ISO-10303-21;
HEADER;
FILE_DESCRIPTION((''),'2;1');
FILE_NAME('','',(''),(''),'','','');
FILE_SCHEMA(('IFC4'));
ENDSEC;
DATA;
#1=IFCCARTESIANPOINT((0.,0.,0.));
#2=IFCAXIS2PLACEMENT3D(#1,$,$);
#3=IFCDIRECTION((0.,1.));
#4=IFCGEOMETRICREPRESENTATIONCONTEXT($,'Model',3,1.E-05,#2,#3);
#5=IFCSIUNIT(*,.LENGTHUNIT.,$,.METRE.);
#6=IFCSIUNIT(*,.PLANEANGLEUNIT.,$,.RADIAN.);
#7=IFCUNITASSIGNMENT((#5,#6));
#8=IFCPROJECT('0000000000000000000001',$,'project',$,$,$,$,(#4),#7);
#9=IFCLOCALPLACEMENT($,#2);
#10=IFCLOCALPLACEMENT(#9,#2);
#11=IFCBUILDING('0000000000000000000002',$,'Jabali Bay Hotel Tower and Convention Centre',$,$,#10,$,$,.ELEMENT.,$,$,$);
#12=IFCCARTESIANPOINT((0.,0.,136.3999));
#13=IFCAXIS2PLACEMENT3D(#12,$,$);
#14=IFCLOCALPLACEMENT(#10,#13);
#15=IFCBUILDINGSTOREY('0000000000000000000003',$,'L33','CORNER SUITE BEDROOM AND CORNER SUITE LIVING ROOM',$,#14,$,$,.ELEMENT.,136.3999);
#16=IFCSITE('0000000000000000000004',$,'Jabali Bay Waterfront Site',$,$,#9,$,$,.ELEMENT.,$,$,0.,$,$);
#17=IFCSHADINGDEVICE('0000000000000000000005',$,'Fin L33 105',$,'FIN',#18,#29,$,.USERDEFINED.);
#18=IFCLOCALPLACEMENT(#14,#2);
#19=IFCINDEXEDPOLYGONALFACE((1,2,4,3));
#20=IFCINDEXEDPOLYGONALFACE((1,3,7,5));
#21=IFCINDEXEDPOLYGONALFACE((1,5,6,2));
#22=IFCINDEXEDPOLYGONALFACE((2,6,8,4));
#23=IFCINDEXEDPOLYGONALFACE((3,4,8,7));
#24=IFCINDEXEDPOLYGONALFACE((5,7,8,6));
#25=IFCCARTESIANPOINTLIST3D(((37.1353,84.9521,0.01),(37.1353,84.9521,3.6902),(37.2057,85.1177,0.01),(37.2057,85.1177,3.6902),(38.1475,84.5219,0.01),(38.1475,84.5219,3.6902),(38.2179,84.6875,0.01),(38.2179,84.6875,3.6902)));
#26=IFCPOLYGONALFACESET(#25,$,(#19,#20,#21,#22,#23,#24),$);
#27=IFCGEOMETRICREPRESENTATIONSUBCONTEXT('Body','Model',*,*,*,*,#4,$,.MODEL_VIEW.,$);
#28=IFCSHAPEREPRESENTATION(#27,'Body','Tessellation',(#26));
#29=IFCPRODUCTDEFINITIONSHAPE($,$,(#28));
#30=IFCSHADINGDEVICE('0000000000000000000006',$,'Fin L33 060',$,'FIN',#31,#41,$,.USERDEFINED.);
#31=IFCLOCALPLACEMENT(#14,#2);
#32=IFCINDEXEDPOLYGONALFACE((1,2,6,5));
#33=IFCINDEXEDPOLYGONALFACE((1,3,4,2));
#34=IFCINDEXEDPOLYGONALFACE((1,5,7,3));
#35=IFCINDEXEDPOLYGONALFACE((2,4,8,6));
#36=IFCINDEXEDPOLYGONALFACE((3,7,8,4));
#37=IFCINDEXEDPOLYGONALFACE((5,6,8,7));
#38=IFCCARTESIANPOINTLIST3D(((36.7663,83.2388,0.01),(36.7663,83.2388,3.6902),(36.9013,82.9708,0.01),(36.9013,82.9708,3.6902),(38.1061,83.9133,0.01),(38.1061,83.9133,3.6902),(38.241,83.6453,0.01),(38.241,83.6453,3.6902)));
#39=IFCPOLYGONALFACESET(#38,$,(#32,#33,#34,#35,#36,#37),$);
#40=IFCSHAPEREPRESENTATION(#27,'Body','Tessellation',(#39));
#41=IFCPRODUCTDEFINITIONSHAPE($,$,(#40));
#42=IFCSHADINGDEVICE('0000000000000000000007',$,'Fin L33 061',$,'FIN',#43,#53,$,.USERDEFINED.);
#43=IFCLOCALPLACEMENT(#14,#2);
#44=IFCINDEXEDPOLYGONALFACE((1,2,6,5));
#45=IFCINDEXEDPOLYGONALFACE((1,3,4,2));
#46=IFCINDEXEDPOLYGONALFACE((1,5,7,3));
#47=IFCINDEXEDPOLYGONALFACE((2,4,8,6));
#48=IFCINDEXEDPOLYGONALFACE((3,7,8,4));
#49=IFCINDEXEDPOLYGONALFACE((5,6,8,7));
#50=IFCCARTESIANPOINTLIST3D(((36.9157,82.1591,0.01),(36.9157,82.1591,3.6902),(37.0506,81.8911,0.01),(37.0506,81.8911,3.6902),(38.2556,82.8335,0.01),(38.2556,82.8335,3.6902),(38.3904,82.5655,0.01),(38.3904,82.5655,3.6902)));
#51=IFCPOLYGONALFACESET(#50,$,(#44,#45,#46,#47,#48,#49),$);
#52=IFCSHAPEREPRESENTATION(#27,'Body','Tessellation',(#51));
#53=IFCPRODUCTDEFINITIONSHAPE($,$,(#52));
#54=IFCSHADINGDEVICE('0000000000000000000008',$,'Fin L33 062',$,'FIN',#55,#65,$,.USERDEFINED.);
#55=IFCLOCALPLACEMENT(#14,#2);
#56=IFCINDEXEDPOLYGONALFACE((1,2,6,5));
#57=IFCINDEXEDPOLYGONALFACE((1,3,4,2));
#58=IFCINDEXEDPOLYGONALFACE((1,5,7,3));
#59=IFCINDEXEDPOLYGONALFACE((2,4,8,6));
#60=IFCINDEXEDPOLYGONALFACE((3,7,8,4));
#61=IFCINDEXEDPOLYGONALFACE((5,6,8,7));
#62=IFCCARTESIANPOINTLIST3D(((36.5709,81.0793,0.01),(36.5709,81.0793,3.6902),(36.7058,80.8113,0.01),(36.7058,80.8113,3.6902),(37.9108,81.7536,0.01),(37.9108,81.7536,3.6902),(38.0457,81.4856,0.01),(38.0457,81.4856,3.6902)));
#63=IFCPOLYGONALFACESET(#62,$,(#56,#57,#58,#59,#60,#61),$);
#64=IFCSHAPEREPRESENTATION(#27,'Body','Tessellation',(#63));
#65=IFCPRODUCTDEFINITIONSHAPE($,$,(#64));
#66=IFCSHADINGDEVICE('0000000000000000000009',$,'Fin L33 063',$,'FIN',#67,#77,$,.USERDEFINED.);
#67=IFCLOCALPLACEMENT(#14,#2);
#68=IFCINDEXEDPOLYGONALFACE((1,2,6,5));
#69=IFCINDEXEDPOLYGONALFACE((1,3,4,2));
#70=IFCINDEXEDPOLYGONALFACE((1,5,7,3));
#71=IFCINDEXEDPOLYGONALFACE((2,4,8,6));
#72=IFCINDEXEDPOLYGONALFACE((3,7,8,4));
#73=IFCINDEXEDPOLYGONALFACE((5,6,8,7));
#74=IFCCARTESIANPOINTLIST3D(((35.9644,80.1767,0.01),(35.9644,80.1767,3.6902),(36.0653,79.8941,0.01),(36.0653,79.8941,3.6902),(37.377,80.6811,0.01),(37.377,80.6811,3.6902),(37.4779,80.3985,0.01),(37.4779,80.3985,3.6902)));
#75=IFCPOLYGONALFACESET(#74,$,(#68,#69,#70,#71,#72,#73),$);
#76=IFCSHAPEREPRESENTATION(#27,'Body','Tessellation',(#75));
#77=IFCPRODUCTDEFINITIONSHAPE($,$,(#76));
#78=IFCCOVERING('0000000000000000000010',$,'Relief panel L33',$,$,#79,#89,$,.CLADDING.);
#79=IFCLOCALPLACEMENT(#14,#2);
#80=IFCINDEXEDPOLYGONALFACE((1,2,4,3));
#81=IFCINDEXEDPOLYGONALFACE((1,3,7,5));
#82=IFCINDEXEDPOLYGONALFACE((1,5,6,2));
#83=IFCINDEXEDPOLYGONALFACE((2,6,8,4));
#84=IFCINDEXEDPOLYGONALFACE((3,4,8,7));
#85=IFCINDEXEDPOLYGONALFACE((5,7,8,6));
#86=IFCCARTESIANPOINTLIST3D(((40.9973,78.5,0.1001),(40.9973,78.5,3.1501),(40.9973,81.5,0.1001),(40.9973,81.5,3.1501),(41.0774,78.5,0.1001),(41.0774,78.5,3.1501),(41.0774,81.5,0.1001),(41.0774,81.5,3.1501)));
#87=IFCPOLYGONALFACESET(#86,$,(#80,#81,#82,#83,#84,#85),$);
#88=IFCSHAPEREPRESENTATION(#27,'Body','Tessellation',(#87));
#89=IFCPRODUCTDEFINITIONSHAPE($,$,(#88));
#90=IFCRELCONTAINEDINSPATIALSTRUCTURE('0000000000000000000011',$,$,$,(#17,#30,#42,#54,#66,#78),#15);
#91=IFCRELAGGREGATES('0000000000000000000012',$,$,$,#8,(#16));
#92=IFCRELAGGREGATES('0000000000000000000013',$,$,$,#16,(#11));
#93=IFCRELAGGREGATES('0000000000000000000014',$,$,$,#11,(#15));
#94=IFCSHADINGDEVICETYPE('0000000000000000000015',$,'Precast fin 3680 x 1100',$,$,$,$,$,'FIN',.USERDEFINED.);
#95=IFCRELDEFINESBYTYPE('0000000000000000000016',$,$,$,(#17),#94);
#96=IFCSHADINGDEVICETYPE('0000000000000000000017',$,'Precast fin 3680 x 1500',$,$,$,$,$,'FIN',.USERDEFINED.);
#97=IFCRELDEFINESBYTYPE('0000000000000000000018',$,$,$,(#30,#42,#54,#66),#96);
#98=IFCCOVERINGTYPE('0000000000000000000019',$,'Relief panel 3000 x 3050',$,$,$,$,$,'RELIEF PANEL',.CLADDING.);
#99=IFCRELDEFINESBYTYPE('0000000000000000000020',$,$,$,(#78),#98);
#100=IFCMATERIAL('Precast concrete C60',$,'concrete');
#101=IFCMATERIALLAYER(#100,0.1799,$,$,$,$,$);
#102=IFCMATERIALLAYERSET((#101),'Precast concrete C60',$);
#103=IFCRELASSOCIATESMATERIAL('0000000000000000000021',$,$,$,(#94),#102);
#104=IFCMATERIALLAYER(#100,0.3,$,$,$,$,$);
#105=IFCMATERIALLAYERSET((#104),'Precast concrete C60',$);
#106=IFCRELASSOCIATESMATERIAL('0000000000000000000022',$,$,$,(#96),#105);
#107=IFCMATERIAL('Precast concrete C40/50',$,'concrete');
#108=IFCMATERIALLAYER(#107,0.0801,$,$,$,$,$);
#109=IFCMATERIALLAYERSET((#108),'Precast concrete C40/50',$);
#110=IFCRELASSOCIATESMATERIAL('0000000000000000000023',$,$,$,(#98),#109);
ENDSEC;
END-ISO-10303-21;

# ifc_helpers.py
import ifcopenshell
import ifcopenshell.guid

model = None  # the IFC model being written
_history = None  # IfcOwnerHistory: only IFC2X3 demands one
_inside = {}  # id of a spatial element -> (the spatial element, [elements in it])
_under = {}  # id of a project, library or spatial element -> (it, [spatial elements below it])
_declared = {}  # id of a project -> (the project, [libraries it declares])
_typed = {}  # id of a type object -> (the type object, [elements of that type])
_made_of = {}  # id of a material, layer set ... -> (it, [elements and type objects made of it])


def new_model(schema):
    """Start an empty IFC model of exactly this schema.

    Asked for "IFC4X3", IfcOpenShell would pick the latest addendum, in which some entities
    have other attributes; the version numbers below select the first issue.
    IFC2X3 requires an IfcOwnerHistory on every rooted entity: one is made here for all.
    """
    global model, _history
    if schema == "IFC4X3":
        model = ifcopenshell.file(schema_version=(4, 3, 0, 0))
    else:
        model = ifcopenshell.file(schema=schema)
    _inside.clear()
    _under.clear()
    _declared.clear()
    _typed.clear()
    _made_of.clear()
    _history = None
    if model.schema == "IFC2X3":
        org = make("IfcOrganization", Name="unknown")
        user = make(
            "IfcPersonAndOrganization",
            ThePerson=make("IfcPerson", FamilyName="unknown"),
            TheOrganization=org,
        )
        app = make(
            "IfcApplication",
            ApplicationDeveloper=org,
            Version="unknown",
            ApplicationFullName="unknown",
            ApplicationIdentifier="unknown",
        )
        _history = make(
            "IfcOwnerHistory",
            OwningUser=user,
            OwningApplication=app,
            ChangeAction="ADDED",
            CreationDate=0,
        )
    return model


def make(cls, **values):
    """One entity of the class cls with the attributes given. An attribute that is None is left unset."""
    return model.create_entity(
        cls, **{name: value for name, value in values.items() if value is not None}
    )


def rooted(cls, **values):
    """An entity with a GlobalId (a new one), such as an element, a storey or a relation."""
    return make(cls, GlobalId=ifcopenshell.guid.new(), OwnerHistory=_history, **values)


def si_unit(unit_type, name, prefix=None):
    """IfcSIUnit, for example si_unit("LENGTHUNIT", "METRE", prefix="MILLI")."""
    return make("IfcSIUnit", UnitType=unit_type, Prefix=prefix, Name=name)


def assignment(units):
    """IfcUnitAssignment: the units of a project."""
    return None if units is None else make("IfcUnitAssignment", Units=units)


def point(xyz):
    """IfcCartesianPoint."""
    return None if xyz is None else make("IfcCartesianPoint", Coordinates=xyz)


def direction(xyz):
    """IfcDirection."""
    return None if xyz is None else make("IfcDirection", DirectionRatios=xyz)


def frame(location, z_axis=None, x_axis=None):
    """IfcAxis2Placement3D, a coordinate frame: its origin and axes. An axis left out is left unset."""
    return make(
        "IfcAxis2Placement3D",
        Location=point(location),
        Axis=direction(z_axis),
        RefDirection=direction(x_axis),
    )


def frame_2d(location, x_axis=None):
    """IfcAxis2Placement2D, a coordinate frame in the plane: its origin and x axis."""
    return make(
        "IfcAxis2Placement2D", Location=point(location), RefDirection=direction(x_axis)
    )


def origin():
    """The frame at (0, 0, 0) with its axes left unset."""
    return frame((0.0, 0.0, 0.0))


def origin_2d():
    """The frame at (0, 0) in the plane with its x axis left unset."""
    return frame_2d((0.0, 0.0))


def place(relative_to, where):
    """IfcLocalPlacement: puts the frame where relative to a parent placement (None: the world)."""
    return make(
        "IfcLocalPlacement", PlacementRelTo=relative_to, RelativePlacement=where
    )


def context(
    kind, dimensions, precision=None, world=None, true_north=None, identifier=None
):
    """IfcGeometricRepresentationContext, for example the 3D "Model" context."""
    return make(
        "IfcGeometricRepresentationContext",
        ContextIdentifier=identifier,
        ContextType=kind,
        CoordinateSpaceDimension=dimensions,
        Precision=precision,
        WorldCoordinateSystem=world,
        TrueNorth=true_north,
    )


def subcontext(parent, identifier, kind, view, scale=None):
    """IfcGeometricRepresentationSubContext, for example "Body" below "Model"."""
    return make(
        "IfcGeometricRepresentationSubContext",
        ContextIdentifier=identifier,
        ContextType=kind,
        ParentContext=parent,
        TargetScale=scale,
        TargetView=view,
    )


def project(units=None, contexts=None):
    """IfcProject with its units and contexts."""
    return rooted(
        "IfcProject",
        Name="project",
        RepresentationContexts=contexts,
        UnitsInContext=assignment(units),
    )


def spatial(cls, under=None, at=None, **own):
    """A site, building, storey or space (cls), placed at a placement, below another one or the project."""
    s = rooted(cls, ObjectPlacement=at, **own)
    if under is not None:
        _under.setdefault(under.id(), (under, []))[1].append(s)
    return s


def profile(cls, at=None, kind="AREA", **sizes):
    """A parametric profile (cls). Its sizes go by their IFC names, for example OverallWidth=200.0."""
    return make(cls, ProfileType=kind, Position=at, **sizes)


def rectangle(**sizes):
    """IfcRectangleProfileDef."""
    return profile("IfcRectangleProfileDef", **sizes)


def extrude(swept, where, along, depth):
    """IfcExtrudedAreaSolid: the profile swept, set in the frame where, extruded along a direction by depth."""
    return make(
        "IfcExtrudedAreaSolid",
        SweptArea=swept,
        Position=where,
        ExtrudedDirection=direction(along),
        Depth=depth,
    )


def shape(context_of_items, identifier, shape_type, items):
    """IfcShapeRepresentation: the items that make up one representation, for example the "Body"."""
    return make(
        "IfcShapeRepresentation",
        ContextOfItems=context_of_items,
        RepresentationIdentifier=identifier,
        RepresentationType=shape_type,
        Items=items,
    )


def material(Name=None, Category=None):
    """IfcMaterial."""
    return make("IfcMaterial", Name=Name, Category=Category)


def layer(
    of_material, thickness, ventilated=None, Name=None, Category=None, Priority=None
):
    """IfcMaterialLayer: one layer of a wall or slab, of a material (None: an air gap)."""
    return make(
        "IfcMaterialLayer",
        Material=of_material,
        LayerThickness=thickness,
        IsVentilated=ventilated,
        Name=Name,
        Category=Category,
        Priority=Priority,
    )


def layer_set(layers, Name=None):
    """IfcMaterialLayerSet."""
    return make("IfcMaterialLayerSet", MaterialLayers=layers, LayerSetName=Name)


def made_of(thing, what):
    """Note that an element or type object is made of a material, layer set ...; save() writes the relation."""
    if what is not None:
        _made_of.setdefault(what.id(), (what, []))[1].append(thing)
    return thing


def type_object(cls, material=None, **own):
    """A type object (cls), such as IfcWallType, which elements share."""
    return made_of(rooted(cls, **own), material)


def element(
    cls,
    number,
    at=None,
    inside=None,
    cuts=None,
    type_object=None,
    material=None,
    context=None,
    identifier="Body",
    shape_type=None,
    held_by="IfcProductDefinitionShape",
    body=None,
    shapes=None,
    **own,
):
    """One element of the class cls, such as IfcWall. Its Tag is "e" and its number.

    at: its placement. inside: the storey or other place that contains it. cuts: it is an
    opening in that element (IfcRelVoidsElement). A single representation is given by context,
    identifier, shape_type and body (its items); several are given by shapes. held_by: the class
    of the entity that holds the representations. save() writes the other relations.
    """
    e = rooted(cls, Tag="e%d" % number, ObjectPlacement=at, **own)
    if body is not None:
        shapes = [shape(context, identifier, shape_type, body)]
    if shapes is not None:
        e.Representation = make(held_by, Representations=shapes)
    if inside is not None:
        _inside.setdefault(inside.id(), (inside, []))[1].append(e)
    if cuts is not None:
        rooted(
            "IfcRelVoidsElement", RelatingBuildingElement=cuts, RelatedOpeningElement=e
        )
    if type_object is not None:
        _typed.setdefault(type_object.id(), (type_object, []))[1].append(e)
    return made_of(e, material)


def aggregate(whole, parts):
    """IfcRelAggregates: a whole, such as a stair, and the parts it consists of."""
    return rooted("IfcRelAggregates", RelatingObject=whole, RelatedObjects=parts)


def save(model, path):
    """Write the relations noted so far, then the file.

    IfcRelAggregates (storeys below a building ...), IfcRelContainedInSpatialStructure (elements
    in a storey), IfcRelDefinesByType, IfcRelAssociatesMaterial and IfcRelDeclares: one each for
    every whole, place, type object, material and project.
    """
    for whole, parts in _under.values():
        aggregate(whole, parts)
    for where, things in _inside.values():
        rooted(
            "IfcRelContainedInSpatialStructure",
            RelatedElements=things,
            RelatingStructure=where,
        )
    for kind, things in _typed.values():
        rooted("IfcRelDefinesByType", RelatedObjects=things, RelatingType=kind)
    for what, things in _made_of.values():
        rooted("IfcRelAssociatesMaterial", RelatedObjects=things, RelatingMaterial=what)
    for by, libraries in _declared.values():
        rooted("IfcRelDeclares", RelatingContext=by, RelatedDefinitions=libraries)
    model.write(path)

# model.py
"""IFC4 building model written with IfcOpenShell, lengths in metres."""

from ifc_helpers import new_model, si_unit, direction, frame, frame_2d, origin, origin_2d, place, context, subcontext, project, spatial, rectangle, extrude, material, layer, layer_set, type_object, element, save


model = new_model("IFC4")

# Units and contexts
model_context = context("Model", 3, precision=1e-05, world=origin(), true_north=direction((0.0, 1.0)))
body_context = subcontext(model_context, "Body", "Model", "MODEL_VIEW")
ifc_project = project(units=[si_unit("LENGTHUNIT", "METRE"), si_unit("PLANEANGLEUNIT", "RADIAN")], contexts=[model_context])

# Site, building, storey
site_placement = place(None, origin())
site = spatial("IfcSite", under=ifc_project, at=site_placement, Name="Jabali Bay Waterfront Site", CompositionType="ELEMENT", RefElevation=0.0)
building_placement = place(site_placement, origin())
building = spatial("IfcBuilding", under=site, at=building_placement, Name="Jabali Bay Hotel Tower and Convention Centre", CompositionType="ELEMENT")
storey_placement = place(building_placement, frame((0.0, 0.0, 136.3999)))
storey = spatial("IfcBuildingStorey", under=building, at=storey_placement, Name="L33", Description="CORNER SUITE BEDROOM AND CORNER SUITE LIVING ROOM", CompositionType="ELEMENT", Elevation=136.3999)

# Shading devices
ifc_material_1 = material(Name="Precast concrete C60", Category="concrete")
ifc_layer_1 = layer(ifc_material_1, 0.1799)
ifc_layer_set_1 = layer_set([ifc_layer_1], Name="Precast concrete C60")
shading_device_type_1 = type_object("IfcShadingDeviceType", Name="Precast fin 3680 x 1100", ElementType="FIN", PredefinedType="USERDEFINED", material=ifc_layer_set_1)
shading_device_placement = place(storey_placement, frame((38.1826, 84.6047, 0.01), z_axis=(0.0, 0.0, 1.0), x_axis=(-0.920335, 0.391131, 0.0)))
element("IfcShadingDevice", 1, at=shading_device_placement, inside=storey, type_object=shading_device_type_1, Name="Fin L33 105", ObjectType="FIN", PredefinedType="USERDEFINED", context=body_context, shape_type="SweptSolid", body=[
    extrude(rectangle(XDim=1.0999, YDim=0.1799, at=frame_2d((0.5498, 0.0))), origin(), (0.0, 0.0, 1.0), 3.6802),
])
ifc_layer_2 = layer(ifc_material_1, 0.3)
ifc_layer_set_2 = layer_set([ifc_layer_2], Name="Precast concrete C60")
shading_device_type_2 = type_object("IfcShadingDeviceType", Name="Precast fin 3680 x 1500", ElementType="FIN", PredefinedType="USERDEFINED", material=ifc_layer_set_2)
for number, where, z_axis, x_axis, name in (
    (2, (38.1736, 83.7793, 0.01), (0.0, 0.0, 1.0), (-0.893187, -0.449686, 0.0), "Fin L33 060"),
    (3, (38.323, 82.6995, 0.01), (0.0, 0.0, 1.0), (-0.893252, -0.449556, 0.0), "Fin L33 061"),
    (4, (37.9783, 81.6196, 0.01), (0.0, 0.0, 1.0), (-0.893252, -0.449556, 0.0), "Fin L33 062"),
    (5, (37.4275, 80.5398, 0.01), (0.0, 0.0, 1.0), (-0.941764, -0.336275, 0.0), "Fin L33 063"),
):
    element("IfcShadingDevice", number, at=place(storey_placement, frame(where, z_axis=z_axis, x_axis=x_axis)), inside=storey, type_object=shading_device_type_2, Name=name, ObjectType="FIN", PredefinedType="USERDEFINED", context=body_context, shape_type="SweptSolid", body=[
        extrude(rectangle(XDim=1.5, YDim=0.3, at=frame_2d((0.75, 0.0))), origin(), (0.0, 0.0, 1.0), 3.6802),
    ])

# Covering
ifc_material_2 = material(Name="Precast concrete C40/50", Category="concrete")
ifc_layer_3 = layer(ifc_material_2, 0.0801)
ifc_layer_set_3 = layer_set([ifc_layer_3], Name="Precast concrete C40/50")
covering_type = type_object("IfcCoveringType", Name="Relief panel 3000 x 3050", ElementType="RELIEF PANEL", PredefinedType="CLADDING", material=ifc_layer_set_3)
covering_placement = place(storey_placement, frame((41.0374, 80.0, 0.1001), z_axis=(0.0, 0.0, 1.0), x_axis=(0.0, 1.0, 0.0)))
element("IfcCovering", 6, at=covering_placement, inside=storey, type_object=covering_type, Name="Relief panel L33", PredefinedType="CLADDING", context=body_context, shape_type="SweptSolid", body=[
    extrude(rectangle(XDim=3.0, YDim=0.0801, at=origin_2d()), origin(), (0.0, 0.0, 1.0), 3.05),
])

save(model, "model.ifc")
